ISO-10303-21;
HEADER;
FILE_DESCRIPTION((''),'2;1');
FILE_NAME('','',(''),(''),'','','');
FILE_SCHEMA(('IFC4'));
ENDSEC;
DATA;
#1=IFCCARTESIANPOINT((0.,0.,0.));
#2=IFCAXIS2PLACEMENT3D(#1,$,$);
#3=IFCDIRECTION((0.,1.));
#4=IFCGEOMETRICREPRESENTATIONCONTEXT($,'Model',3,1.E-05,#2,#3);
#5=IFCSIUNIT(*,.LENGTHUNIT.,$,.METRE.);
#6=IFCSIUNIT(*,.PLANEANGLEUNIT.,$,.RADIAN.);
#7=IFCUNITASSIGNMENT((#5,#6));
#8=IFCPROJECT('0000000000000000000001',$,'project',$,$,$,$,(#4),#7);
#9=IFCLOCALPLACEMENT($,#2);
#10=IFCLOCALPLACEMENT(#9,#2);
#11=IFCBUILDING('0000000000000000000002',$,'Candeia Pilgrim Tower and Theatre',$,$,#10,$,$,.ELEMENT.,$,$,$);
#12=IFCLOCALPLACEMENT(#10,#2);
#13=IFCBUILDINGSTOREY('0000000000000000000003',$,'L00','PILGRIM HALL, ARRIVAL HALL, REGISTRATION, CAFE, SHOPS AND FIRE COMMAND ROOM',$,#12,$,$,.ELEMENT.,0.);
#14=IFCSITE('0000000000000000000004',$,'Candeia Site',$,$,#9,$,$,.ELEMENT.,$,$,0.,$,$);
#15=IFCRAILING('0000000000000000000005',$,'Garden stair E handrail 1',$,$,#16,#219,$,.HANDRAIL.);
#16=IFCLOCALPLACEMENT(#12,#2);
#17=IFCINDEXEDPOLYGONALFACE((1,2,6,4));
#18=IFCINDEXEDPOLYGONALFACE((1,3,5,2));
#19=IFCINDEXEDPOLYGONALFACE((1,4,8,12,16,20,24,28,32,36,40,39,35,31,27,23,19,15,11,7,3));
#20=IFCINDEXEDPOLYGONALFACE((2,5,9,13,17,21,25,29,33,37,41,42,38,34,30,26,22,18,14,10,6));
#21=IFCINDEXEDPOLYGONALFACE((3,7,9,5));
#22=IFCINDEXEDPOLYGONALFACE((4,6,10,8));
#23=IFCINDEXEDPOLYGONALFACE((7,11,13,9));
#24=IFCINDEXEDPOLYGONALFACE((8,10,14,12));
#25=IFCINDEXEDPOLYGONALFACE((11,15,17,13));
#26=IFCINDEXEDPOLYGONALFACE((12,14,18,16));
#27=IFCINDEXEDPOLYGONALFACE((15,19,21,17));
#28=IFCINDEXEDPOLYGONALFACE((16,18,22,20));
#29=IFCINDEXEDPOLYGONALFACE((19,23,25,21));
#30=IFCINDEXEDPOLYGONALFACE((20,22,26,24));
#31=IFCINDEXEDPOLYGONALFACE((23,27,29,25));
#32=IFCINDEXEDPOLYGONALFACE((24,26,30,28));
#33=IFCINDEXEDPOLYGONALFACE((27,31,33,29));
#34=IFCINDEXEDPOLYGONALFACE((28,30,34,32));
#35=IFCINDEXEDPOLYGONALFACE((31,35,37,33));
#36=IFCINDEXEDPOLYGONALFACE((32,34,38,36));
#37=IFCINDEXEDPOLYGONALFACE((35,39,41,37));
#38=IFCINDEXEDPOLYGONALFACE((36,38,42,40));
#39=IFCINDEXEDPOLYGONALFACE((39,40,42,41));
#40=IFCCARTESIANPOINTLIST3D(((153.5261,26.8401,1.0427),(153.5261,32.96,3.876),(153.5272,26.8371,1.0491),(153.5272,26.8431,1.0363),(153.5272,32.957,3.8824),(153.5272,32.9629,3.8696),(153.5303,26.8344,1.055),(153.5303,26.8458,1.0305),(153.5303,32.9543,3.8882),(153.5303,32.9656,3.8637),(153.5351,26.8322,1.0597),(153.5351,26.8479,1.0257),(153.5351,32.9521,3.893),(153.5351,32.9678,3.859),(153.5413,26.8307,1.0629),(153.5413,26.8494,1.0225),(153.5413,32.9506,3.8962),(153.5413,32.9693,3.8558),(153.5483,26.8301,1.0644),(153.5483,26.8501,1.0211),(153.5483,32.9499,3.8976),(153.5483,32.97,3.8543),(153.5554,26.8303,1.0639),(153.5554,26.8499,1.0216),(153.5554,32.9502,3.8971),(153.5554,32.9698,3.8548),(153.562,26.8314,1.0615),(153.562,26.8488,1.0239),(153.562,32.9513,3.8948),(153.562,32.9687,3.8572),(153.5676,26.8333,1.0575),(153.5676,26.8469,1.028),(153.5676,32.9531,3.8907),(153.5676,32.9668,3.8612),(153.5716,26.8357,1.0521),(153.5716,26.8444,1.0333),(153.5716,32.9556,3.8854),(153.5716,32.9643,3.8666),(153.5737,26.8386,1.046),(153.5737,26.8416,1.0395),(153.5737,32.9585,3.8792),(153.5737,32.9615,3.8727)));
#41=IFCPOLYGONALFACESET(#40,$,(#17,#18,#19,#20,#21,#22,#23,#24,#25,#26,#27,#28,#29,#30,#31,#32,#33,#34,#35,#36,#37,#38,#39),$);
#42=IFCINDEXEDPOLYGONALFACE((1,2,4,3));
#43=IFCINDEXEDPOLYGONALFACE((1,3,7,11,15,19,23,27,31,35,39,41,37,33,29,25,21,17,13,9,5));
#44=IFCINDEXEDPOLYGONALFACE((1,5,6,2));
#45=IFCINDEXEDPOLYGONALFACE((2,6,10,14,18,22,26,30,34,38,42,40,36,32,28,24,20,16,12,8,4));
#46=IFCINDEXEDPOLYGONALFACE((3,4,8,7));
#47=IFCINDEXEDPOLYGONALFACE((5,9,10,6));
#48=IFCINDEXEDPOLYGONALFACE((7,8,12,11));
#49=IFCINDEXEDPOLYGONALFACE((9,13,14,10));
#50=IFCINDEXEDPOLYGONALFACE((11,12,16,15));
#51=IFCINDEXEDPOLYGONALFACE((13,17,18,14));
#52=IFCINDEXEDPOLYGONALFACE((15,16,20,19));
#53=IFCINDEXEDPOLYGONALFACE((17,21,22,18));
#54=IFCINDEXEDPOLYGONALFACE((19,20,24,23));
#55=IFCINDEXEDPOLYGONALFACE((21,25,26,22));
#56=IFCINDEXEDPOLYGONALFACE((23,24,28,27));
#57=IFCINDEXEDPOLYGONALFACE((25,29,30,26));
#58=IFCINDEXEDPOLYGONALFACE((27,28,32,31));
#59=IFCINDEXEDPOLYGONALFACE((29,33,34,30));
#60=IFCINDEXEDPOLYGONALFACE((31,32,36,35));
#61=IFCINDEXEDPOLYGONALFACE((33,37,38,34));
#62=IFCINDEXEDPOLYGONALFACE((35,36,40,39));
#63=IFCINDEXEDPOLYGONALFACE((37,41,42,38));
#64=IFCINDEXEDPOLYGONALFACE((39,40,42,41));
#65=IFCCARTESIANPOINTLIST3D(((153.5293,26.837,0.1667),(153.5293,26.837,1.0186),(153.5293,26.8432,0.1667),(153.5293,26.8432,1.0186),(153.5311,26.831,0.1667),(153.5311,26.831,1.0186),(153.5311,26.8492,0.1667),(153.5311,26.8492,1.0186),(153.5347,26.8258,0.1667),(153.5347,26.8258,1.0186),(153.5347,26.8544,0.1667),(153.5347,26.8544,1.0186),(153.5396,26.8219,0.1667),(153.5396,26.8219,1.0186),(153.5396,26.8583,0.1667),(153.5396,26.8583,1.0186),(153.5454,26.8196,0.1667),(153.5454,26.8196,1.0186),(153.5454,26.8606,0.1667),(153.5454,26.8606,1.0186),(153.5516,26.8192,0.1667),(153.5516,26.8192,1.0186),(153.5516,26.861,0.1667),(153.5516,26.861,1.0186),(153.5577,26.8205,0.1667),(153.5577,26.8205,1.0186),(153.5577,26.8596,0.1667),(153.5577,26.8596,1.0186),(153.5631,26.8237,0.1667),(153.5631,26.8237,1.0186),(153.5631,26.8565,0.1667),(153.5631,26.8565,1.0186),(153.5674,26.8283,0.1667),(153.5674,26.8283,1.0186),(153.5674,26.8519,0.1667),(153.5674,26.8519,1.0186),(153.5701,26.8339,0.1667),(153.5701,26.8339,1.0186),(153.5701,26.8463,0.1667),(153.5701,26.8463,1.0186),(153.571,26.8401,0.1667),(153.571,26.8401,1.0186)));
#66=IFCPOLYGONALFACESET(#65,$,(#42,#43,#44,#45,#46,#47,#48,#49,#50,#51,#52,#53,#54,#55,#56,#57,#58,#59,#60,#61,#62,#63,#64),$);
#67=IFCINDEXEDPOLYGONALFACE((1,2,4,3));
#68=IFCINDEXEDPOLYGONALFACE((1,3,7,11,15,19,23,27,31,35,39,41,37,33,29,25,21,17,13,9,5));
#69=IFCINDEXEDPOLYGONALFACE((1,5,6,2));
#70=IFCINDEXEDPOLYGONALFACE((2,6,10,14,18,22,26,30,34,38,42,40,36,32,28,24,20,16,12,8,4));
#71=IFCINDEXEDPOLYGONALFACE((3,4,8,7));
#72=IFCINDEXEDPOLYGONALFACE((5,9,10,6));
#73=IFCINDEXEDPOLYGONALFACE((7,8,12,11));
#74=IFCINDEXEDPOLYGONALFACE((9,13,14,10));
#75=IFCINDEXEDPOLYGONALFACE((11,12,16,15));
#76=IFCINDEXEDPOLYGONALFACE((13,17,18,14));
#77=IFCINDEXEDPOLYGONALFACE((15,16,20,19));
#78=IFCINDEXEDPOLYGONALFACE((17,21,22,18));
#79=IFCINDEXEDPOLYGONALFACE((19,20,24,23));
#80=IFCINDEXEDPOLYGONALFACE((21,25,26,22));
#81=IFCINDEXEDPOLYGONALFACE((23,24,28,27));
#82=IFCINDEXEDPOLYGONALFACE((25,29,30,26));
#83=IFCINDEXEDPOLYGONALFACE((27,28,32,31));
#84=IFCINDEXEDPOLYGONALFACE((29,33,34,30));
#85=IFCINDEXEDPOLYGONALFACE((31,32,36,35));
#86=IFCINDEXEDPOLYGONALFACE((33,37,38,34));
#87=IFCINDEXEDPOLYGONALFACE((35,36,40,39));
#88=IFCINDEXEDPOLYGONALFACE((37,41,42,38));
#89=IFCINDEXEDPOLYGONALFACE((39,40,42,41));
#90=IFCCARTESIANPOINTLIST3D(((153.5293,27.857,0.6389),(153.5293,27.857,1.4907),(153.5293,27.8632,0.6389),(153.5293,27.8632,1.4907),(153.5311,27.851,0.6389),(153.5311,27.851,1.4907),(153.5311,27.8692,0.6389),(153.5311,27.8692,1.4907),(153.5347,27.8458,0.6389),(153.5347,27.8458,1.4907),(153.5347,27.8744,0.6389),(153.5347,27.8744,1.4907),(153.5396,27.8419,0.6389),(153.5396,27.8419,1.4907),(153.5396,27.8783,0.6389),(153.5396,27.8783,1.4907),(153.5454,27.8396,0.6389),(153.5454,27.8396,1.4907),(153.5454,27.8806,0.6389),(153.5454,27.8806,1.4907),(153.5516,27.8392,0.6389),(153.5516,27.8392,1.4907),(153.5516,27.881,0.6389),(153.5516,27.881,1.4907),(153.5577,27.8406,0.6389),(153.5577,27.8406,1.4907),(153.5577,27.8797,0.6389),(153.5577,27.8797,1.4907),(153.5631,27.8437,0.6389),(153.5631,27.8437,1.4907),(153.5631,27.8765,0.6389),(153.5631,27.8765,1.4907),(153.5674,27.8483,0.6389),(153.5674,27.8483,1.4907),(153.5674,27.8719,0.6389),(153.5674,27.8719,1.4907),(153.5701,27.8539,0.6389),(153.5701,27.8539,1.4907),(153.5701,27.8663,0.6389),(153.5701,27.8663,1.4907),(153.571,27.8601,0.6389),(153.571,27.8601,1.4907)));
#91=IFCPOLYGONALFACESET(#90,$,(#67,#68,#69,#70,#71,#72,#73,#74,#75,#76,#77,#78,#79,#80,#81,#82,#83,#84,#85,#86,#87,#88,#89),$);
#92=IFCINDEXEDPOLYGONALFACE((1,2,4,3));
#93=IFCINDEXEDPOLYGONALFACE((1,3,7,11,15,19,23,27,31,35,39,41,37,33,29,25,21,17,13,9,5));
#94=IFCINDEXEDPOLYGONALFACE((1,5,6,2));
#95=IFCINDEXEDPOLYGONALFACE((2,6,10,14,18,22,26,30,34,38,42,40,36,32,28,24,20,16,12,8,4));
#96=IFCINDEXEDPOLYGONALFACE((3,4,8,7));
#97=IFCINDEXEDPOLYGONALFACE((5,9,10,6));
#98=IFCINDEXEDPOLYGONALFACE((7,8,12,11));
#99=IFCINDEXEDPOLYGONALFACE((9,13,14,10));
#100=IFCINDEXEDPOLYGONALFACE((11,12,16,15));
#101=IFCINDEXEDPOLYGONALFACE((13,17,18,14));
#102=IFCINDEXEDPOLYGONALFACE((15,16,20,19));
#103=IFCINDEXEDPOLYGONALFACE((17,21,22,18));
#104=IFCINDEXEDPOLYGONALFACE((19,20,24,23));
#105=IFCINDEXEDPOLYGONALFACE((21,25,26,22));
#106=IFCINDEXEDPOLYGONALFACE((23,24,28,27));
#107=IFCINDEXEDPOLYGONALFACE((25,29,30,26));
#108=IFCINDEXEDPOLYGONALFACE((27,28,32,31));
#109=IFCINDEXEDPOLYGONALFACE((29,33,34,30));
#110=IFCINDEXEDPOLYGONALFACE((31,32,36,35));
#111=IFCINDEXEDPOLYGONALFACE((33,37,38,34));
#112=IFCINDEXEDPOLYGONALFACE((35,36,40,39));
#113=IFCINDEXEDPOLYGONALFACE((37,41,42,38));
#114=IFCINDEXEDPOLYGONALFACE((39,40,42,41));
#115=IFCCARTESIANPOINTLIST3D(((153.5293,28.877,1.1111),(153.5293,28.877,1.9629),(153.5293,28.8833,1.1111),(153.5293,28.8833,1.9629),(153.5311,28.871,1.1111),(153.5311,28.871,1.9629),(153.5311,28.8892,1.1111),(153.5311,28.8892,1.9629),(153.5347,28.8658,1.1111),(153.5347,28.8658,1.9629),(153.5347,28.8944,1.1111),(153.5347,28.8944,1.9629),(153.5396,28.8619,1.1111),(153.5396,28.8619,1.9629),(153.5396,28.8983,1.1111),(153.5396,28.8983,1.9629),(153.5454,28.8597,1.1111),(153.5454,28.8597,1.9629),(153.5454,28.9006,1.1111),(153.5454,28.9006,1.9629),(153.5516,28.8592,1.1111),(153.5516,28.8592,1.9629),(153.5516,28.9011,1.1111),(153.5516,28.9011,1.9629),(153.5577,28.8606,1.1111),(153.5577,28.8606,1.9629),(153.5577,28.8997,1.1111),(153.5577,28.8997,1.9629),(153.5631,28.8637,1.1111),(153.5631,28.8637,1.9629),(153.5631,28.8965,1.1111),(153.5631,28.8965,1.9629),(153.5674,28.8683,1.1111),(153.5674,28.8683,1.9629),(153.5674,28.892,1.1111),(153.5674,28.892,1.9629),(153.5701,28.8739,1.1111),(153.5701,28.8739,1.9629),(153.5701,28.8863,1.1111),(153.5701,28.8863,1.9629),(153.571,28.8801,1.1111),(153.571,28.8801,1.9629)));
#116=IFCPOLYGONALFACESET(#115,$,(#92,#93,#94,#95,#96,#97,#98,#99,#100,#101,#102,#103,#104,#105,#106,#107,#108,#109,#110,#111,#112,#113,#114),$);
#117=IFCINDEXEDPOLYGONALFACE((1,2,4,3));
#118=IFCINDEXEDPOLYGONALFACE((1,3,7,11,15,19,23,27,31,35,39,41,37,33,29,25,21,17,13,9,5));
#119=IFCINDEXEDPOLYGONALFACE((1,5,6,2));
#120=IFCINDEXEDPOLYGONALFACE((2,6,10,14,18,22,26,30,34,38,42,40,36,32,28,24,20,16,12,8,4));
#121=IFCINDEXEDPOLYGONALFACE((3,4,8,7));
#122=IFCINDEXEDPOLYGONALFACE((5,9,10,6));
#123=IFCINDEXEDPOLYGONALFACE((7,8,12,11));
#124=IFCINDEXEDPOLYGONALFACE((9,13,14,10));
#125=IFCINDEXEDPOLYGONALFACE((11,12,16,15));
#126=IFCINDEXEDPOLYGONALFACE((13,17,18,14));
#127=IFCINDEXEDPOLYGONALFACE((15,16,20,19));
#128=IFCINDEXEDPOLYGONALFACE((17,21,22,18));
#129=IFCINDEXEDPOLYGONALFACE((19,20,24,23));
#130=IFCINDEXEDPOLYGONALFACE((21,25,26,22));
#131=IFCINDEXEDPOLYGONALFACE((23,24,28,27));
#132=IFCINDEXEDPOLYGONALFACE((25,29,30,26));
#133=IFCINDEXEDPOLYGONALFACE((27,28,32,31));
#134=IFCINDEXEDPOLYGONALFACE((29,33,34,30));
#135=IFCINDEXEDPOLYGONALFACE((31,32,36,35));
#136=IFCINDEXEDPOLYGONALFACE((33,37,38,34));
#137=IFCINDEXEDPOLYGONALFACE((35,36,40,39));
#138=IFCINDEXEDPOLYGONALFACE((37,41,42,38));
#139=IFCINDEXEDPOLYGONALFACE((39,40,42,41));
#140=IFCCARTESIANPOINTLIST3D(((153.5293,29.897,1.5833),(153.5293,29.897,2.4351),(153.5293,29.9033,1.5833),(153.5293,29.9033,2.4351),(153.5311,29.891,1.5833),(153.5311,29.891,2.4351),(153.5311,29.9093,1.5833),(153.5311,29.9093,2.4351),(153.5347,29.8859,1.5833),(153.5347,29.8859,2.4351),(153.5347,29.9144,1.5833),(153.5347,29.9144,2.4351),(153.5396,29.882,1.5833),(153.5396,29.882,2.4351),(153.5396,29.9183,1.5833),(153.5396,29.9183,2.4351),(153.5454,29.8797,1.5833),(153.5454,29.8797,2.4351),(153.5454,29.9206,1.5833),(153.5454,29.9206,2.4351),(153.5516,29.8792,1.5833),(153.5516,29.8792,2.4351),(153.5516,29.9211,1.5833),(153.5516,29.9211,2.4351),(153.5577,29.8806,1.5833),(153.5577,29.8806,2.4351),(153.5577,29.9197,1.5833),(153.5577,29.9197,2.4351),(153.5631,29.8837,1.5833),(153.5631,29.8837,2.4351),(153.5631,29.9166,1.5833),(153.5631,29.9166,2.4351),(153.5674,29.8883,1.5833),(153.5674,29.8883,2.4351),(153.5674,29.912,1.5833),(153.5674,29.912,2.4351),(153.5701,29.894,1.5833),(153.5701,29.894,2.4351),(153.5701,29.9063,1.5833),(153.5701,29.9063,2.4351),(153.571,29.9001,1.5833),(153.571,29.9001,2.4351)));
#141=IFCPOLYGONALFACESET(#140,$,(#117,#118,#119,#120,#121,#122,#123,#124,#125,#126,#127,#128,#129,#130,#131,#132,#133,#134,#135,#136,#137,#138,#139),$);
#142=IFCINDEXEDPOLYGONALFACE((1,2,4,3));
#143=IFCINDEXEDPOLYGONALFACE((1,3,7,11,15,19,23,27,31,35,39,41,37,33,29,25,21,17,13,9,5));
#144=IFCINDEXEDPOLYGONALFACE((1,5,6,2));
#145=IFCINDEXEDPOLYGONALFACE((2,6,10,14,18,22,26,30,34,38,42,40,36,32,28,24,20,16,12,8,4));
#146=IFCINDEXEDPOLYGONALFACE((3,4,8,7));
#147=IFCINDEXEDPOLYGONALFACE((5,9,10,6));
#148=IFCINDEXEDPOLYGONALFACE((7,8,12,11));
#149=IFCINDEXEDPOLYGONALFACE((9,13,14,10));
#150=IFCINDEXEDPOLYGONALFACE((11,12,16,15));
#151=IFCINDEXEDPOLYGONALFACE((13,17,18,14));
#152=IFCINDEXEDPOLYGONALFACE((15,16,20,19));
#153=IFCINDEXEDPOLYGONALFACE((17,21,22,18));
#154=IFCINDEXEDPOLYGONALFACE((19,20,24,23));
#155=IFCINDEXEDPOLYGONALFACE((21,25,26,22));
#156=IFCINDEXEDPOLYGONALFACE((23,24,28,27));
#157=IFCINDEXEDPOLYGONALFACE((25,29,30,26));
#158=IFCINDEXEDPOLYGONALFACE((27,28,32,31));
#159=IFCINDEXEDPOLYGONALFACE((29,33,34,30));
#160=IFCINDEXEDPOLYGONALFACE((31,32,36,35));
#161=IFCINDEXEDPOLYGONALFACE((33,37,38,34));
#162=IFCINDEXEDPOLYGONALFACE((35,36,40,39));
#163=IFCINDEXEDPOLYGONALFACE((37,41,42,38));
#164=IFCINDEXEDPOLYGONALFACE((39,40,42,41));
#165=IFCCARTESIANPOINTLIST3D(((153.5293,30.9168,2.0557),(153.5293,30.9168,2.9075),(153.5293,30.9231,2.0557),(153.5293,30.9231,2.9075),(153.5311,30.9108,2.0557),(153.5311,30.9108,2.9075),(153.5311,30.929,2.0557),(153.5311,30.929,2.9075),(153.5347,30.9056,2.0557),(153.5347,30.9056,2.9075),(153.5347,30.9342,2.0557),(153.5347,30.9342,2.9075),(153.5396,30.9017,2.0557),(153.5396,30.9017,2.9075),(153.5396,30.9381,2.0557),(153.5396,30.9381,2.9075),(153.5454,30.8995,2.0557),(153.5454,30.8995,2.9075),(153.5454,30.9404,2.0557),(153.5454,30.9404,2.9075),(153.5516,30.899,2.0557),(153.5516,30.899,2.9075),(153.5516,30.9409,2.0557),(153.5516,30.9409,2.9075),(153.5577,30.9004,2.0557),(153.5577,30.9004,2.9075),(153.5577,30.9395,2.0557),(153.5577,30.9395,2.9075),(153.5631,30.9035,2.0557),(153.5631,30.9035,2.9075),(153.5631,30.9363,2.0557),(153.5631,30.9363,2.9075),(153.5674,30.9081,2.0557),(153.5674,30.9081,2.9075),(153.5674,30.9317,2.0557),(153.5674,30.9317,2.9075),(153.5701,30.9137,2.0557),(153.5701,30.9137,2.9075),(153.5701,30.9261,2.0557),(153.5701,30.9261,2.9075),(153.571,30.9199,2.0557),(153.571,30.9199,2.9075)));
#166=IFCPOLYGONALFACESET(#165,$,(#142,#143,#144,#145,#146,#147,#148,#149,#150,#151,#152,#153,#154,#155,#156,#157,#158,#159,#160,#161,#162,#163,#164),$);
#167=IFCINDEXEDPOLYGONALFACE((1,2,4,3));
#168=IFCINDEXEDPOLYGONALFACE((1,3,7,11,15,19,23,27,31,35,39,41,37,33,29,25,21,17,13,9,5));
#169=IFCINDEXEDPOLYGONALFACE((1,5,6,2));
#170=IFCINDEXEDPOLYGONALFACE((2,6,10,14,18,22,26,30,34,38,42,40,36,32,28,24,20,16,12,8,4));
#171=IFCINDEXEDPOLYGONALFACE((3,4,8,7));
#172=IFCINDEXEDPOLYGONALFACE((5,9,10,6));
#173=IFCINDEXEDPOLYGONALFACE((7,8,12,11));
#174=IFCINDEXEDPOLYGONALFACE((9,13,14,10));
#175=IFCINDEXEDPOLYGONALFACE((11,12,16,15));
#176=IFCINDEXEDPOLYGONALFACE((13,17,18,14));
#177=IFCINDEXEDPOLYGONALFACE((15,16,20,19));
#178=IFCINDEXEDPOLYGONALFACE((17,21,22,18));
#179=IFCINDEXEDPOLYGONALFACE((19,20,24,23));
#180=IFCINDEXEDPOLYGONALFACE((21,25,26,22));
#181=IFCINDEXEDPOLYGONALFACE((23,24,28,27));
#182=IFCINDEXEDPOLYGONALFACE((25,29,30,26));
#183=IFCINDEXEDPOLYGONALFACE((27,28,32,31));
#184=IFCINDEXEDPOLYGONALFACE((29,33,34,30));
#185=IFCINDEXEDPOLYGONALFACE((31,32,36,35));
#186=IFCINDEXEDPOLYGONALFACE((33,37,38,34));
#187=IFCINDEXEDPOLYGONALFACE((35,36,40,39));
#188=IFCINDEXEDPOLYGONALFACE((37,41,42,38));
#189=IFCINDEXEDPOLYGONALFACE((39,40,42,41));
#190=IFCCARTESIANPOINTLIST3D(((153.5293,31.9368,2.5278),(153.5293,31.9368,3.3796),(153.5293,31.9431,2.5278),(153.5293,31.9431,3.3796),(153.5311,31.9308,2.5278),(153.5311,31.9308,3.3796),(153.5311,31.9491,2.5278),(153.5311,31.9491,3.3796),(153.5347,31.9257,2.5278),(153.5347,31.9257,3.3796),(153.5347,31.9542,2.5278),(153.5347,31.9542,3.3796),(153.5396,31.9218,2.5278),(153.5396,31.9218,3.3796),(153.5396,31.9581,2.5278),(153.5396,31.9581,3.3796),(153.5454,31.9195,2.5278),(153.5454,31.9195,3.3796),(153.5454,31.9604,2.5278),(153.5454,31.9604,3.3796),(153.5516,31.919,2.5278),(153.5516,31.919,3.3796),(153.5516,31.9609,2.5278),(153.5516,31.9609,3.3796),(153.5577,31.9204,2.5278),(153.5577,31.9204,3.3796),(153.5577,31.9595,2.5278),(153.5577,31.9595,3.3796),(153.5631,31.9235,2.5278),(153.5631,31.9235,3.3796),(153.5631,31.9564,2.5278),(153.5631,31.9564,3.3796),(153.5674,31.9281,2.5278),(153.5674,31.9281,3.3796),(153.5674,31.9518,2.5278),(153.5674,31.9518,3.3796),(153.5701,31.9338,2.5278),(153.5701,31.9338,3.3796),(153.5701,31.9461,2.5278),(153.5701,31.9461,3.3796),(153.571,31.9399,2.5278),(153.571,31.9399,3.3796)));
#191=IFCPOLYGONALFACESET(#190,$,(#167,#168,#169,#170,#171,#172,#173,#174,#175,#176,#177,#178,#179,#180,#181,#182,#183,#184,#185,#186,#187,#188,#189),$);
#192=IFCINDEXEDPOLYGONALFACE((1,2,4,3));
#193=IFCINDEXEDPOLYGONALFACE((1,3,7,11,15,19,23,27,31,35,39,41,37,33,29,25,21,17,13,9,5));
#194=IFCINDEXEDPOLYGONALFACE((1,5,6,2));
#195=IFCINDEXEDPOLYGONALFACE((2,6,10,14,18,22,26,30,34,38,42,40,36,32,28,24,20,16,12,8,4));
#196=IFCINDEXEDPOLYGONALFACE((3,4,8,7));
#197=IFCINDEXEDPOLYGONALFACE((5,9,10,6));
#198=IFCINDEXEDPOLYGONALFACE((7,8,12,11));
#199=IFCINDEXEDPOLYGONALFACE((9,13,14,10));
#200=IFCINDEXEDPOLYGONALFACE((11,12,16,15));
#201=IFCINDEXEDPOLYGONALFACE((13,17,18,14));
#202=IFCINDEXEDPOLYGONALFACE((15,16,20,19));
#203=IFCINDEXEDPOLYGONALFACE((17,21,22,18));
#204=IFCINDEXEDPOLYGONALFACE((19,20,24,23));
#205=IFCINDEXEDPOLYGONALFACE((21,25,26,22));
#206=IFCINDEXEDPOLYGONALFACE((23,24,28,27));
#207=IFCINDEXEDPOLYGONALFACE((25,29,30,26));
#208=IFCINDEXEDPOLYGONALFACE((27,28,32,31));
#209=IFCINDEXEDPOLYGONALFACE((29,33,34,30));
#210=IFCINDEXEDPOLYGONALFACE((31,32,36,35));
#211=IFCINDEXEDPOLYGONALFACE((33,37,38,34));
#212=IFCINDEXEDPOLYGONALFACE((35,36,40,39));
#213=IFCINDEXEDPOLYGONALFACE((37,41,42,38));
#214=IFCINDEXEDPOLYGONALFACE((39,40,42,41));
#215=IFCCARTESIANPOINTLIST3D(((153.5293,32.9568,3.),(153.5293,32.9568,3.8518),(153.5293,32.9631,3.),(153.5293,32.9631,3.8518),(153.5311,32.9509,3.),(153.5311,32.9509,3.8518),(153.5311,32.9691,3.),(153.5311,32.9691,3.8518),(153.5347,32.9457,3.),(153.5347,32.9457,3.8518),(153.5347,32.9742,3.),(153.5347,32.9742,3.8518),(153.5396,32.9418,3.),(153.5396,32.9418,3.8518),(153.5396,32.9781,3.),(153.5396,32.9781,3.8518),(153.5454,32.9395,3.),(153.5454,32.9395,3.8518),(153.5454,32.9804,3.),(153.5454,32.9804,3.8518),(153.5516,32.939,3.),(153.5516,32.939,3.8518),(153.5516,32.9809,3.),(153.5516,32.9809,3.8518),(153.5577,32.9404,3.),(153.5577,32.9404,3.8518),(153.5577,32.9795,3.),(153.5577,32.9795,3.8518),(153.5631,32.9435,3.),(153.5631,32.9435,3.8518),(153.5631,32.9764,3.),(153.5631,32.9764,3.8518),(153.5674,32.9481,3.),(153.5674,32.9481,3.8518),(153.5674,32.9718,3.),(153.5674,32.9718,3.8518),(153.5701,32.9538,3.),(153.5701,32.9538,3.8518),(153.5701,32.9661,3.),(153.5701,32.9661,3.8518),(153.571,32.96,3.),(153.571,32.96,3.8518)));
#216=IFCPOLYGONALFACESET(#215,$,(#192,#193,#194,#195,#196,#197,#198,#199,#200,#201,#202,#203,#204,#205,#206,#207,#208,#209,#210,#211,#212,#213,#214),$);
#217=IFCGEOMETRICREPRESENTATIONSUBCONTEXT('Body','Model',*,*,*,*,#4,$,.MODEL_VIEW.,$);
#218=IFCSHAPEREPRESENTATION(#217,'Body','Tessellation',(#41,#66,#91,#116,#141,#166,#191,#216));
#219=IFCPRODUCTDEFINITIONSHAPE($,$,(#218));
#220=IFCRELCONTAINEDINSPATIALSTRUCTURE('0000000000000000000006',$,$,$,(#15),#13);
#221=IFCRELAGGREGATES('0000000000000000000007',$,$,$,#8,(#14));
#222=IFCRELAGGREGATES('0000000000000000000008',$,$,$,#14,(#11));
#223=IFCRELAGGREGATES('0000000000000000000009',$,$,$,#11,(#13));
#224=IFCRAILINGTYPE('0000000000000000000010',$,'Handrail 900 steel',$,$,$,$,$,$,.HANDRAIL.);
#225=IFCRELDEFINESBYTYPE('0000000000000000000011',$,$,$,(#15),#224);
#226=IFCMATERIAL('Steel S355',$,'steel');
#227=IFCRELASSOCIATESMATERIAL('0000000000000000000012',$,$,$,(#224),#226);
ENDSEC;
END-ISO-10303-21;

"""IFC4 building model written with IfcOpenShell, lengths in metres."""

from ifc_helpers import new_model, si_unit, direction, frame, origin, origin_2d, place, context, subcontext, project, spatial, circle, extrude, material, type_object, element, save


model = new_model("IFC4")

# Units and contexts
model_context = context("Model", 3, precision=1e-05, world=origin(), true_north=direction((0.0, 1.0)))
body_context = subcontext(model_context, "Body", "Model", "MODEL_VIEW")
ifc_project = project(units=[si_unit("LENGTHUNIT", "METRE"), si_unit("PLANEANGLEUNIT", "RADIAN")], contexts=[model_context])

# Site, building, storey
site_placement = place(None, origin())
site = spatial("IfcSite", under=ifc_project, at=site_placement, Name="Candeia Site", CompositionType="ELEMENT", RefElevation=0.0)
building_placement = place(site_placement, origin())
building = spatial("IfcBuilding", under=site, at=building_placement, Name="Candeia Pilgrim Tower and Theatre", CompositionType="ELEMENT")
storey_placement = place(building_placement, origin())
storey = spatial("IfcBuildingStorey", under=building, at=storey_placement, Name="L00", Description="PILGRIM HALL, ARRIVAL HALL, REGISTRATION, CAFE, SHOPS AND FIRE COMMAND ROOM", CompositionType="ELEMENT", Elevation=0.0)

# Railing
ifc_material_1 = material(Name="Steel S355", Category="steel")
railing_type_1 = type_object("IfcRailingType", Name="Handrail 900 steel", PredefinedType="HANDRAIL", material=ifc_material_1)
for number, where, name in (
    (1, (153.55, 26.8401, 0.1667), "Garden stair E handrail 1"),
):
    element("IfcRailing", number, at=place(storey_placement, frame(where)), inside=storey, type_object=railing_type_1, Name=name, PredefinedType="HANDRAIL", context=body_context, shape_type="SweptSolid", body=[
        extrude(circle(Radius=0.0239, at=origin_2d()), frame((0.0, 0.0, 0.876), z_axis=(0.0, 0.907468, 0.420121), x_axis=(-1.0, 0.0, 0.0)), (0.0, 0.0, 1.0), 6.7439),
        extrude(circle(Radius=0.021, at=origin_2d()), origin(), (0.0, 0.0, 1.0), 0.8518),
        extrude(circle(Radius=0.021, at=origin_2d()), frame((0.0, 1.02, 0.4722)), (0.0, 0.0, 1.0), 0.8518),
        extrude(circle(Radius=0.021, at=origin_2d()), frame((0.0, 2.04, 0.9443)), (0.0, 0.0, 1.0), 0.8518),
        extrude(circle(Radius=0.021, at=origin_2d()), frame((0.0, 3.0601, 1.4165)), (0.0, 0.0, 1.0), 0.8518),
        extrude(circle(Radius=0.021, at=origin_2d()), frame((0.0, 4.0798, 1.8889)), (0.0, 0.0, 1.0), 0.8518),
        extrude(circle(Radius=0.021, at=origin_2d()), frame((0.0, 5.0999, 2.3611)), (0.0, 0.0, 1.0), 0.8518),
        extrude(circle(Radius=0.021, at=origin_2d()), frame((0.0, 6.1199, 2.8333)), (0.0, 0.0, 1.0), 0.8518),
    ])

save(model, "model.ifc")
